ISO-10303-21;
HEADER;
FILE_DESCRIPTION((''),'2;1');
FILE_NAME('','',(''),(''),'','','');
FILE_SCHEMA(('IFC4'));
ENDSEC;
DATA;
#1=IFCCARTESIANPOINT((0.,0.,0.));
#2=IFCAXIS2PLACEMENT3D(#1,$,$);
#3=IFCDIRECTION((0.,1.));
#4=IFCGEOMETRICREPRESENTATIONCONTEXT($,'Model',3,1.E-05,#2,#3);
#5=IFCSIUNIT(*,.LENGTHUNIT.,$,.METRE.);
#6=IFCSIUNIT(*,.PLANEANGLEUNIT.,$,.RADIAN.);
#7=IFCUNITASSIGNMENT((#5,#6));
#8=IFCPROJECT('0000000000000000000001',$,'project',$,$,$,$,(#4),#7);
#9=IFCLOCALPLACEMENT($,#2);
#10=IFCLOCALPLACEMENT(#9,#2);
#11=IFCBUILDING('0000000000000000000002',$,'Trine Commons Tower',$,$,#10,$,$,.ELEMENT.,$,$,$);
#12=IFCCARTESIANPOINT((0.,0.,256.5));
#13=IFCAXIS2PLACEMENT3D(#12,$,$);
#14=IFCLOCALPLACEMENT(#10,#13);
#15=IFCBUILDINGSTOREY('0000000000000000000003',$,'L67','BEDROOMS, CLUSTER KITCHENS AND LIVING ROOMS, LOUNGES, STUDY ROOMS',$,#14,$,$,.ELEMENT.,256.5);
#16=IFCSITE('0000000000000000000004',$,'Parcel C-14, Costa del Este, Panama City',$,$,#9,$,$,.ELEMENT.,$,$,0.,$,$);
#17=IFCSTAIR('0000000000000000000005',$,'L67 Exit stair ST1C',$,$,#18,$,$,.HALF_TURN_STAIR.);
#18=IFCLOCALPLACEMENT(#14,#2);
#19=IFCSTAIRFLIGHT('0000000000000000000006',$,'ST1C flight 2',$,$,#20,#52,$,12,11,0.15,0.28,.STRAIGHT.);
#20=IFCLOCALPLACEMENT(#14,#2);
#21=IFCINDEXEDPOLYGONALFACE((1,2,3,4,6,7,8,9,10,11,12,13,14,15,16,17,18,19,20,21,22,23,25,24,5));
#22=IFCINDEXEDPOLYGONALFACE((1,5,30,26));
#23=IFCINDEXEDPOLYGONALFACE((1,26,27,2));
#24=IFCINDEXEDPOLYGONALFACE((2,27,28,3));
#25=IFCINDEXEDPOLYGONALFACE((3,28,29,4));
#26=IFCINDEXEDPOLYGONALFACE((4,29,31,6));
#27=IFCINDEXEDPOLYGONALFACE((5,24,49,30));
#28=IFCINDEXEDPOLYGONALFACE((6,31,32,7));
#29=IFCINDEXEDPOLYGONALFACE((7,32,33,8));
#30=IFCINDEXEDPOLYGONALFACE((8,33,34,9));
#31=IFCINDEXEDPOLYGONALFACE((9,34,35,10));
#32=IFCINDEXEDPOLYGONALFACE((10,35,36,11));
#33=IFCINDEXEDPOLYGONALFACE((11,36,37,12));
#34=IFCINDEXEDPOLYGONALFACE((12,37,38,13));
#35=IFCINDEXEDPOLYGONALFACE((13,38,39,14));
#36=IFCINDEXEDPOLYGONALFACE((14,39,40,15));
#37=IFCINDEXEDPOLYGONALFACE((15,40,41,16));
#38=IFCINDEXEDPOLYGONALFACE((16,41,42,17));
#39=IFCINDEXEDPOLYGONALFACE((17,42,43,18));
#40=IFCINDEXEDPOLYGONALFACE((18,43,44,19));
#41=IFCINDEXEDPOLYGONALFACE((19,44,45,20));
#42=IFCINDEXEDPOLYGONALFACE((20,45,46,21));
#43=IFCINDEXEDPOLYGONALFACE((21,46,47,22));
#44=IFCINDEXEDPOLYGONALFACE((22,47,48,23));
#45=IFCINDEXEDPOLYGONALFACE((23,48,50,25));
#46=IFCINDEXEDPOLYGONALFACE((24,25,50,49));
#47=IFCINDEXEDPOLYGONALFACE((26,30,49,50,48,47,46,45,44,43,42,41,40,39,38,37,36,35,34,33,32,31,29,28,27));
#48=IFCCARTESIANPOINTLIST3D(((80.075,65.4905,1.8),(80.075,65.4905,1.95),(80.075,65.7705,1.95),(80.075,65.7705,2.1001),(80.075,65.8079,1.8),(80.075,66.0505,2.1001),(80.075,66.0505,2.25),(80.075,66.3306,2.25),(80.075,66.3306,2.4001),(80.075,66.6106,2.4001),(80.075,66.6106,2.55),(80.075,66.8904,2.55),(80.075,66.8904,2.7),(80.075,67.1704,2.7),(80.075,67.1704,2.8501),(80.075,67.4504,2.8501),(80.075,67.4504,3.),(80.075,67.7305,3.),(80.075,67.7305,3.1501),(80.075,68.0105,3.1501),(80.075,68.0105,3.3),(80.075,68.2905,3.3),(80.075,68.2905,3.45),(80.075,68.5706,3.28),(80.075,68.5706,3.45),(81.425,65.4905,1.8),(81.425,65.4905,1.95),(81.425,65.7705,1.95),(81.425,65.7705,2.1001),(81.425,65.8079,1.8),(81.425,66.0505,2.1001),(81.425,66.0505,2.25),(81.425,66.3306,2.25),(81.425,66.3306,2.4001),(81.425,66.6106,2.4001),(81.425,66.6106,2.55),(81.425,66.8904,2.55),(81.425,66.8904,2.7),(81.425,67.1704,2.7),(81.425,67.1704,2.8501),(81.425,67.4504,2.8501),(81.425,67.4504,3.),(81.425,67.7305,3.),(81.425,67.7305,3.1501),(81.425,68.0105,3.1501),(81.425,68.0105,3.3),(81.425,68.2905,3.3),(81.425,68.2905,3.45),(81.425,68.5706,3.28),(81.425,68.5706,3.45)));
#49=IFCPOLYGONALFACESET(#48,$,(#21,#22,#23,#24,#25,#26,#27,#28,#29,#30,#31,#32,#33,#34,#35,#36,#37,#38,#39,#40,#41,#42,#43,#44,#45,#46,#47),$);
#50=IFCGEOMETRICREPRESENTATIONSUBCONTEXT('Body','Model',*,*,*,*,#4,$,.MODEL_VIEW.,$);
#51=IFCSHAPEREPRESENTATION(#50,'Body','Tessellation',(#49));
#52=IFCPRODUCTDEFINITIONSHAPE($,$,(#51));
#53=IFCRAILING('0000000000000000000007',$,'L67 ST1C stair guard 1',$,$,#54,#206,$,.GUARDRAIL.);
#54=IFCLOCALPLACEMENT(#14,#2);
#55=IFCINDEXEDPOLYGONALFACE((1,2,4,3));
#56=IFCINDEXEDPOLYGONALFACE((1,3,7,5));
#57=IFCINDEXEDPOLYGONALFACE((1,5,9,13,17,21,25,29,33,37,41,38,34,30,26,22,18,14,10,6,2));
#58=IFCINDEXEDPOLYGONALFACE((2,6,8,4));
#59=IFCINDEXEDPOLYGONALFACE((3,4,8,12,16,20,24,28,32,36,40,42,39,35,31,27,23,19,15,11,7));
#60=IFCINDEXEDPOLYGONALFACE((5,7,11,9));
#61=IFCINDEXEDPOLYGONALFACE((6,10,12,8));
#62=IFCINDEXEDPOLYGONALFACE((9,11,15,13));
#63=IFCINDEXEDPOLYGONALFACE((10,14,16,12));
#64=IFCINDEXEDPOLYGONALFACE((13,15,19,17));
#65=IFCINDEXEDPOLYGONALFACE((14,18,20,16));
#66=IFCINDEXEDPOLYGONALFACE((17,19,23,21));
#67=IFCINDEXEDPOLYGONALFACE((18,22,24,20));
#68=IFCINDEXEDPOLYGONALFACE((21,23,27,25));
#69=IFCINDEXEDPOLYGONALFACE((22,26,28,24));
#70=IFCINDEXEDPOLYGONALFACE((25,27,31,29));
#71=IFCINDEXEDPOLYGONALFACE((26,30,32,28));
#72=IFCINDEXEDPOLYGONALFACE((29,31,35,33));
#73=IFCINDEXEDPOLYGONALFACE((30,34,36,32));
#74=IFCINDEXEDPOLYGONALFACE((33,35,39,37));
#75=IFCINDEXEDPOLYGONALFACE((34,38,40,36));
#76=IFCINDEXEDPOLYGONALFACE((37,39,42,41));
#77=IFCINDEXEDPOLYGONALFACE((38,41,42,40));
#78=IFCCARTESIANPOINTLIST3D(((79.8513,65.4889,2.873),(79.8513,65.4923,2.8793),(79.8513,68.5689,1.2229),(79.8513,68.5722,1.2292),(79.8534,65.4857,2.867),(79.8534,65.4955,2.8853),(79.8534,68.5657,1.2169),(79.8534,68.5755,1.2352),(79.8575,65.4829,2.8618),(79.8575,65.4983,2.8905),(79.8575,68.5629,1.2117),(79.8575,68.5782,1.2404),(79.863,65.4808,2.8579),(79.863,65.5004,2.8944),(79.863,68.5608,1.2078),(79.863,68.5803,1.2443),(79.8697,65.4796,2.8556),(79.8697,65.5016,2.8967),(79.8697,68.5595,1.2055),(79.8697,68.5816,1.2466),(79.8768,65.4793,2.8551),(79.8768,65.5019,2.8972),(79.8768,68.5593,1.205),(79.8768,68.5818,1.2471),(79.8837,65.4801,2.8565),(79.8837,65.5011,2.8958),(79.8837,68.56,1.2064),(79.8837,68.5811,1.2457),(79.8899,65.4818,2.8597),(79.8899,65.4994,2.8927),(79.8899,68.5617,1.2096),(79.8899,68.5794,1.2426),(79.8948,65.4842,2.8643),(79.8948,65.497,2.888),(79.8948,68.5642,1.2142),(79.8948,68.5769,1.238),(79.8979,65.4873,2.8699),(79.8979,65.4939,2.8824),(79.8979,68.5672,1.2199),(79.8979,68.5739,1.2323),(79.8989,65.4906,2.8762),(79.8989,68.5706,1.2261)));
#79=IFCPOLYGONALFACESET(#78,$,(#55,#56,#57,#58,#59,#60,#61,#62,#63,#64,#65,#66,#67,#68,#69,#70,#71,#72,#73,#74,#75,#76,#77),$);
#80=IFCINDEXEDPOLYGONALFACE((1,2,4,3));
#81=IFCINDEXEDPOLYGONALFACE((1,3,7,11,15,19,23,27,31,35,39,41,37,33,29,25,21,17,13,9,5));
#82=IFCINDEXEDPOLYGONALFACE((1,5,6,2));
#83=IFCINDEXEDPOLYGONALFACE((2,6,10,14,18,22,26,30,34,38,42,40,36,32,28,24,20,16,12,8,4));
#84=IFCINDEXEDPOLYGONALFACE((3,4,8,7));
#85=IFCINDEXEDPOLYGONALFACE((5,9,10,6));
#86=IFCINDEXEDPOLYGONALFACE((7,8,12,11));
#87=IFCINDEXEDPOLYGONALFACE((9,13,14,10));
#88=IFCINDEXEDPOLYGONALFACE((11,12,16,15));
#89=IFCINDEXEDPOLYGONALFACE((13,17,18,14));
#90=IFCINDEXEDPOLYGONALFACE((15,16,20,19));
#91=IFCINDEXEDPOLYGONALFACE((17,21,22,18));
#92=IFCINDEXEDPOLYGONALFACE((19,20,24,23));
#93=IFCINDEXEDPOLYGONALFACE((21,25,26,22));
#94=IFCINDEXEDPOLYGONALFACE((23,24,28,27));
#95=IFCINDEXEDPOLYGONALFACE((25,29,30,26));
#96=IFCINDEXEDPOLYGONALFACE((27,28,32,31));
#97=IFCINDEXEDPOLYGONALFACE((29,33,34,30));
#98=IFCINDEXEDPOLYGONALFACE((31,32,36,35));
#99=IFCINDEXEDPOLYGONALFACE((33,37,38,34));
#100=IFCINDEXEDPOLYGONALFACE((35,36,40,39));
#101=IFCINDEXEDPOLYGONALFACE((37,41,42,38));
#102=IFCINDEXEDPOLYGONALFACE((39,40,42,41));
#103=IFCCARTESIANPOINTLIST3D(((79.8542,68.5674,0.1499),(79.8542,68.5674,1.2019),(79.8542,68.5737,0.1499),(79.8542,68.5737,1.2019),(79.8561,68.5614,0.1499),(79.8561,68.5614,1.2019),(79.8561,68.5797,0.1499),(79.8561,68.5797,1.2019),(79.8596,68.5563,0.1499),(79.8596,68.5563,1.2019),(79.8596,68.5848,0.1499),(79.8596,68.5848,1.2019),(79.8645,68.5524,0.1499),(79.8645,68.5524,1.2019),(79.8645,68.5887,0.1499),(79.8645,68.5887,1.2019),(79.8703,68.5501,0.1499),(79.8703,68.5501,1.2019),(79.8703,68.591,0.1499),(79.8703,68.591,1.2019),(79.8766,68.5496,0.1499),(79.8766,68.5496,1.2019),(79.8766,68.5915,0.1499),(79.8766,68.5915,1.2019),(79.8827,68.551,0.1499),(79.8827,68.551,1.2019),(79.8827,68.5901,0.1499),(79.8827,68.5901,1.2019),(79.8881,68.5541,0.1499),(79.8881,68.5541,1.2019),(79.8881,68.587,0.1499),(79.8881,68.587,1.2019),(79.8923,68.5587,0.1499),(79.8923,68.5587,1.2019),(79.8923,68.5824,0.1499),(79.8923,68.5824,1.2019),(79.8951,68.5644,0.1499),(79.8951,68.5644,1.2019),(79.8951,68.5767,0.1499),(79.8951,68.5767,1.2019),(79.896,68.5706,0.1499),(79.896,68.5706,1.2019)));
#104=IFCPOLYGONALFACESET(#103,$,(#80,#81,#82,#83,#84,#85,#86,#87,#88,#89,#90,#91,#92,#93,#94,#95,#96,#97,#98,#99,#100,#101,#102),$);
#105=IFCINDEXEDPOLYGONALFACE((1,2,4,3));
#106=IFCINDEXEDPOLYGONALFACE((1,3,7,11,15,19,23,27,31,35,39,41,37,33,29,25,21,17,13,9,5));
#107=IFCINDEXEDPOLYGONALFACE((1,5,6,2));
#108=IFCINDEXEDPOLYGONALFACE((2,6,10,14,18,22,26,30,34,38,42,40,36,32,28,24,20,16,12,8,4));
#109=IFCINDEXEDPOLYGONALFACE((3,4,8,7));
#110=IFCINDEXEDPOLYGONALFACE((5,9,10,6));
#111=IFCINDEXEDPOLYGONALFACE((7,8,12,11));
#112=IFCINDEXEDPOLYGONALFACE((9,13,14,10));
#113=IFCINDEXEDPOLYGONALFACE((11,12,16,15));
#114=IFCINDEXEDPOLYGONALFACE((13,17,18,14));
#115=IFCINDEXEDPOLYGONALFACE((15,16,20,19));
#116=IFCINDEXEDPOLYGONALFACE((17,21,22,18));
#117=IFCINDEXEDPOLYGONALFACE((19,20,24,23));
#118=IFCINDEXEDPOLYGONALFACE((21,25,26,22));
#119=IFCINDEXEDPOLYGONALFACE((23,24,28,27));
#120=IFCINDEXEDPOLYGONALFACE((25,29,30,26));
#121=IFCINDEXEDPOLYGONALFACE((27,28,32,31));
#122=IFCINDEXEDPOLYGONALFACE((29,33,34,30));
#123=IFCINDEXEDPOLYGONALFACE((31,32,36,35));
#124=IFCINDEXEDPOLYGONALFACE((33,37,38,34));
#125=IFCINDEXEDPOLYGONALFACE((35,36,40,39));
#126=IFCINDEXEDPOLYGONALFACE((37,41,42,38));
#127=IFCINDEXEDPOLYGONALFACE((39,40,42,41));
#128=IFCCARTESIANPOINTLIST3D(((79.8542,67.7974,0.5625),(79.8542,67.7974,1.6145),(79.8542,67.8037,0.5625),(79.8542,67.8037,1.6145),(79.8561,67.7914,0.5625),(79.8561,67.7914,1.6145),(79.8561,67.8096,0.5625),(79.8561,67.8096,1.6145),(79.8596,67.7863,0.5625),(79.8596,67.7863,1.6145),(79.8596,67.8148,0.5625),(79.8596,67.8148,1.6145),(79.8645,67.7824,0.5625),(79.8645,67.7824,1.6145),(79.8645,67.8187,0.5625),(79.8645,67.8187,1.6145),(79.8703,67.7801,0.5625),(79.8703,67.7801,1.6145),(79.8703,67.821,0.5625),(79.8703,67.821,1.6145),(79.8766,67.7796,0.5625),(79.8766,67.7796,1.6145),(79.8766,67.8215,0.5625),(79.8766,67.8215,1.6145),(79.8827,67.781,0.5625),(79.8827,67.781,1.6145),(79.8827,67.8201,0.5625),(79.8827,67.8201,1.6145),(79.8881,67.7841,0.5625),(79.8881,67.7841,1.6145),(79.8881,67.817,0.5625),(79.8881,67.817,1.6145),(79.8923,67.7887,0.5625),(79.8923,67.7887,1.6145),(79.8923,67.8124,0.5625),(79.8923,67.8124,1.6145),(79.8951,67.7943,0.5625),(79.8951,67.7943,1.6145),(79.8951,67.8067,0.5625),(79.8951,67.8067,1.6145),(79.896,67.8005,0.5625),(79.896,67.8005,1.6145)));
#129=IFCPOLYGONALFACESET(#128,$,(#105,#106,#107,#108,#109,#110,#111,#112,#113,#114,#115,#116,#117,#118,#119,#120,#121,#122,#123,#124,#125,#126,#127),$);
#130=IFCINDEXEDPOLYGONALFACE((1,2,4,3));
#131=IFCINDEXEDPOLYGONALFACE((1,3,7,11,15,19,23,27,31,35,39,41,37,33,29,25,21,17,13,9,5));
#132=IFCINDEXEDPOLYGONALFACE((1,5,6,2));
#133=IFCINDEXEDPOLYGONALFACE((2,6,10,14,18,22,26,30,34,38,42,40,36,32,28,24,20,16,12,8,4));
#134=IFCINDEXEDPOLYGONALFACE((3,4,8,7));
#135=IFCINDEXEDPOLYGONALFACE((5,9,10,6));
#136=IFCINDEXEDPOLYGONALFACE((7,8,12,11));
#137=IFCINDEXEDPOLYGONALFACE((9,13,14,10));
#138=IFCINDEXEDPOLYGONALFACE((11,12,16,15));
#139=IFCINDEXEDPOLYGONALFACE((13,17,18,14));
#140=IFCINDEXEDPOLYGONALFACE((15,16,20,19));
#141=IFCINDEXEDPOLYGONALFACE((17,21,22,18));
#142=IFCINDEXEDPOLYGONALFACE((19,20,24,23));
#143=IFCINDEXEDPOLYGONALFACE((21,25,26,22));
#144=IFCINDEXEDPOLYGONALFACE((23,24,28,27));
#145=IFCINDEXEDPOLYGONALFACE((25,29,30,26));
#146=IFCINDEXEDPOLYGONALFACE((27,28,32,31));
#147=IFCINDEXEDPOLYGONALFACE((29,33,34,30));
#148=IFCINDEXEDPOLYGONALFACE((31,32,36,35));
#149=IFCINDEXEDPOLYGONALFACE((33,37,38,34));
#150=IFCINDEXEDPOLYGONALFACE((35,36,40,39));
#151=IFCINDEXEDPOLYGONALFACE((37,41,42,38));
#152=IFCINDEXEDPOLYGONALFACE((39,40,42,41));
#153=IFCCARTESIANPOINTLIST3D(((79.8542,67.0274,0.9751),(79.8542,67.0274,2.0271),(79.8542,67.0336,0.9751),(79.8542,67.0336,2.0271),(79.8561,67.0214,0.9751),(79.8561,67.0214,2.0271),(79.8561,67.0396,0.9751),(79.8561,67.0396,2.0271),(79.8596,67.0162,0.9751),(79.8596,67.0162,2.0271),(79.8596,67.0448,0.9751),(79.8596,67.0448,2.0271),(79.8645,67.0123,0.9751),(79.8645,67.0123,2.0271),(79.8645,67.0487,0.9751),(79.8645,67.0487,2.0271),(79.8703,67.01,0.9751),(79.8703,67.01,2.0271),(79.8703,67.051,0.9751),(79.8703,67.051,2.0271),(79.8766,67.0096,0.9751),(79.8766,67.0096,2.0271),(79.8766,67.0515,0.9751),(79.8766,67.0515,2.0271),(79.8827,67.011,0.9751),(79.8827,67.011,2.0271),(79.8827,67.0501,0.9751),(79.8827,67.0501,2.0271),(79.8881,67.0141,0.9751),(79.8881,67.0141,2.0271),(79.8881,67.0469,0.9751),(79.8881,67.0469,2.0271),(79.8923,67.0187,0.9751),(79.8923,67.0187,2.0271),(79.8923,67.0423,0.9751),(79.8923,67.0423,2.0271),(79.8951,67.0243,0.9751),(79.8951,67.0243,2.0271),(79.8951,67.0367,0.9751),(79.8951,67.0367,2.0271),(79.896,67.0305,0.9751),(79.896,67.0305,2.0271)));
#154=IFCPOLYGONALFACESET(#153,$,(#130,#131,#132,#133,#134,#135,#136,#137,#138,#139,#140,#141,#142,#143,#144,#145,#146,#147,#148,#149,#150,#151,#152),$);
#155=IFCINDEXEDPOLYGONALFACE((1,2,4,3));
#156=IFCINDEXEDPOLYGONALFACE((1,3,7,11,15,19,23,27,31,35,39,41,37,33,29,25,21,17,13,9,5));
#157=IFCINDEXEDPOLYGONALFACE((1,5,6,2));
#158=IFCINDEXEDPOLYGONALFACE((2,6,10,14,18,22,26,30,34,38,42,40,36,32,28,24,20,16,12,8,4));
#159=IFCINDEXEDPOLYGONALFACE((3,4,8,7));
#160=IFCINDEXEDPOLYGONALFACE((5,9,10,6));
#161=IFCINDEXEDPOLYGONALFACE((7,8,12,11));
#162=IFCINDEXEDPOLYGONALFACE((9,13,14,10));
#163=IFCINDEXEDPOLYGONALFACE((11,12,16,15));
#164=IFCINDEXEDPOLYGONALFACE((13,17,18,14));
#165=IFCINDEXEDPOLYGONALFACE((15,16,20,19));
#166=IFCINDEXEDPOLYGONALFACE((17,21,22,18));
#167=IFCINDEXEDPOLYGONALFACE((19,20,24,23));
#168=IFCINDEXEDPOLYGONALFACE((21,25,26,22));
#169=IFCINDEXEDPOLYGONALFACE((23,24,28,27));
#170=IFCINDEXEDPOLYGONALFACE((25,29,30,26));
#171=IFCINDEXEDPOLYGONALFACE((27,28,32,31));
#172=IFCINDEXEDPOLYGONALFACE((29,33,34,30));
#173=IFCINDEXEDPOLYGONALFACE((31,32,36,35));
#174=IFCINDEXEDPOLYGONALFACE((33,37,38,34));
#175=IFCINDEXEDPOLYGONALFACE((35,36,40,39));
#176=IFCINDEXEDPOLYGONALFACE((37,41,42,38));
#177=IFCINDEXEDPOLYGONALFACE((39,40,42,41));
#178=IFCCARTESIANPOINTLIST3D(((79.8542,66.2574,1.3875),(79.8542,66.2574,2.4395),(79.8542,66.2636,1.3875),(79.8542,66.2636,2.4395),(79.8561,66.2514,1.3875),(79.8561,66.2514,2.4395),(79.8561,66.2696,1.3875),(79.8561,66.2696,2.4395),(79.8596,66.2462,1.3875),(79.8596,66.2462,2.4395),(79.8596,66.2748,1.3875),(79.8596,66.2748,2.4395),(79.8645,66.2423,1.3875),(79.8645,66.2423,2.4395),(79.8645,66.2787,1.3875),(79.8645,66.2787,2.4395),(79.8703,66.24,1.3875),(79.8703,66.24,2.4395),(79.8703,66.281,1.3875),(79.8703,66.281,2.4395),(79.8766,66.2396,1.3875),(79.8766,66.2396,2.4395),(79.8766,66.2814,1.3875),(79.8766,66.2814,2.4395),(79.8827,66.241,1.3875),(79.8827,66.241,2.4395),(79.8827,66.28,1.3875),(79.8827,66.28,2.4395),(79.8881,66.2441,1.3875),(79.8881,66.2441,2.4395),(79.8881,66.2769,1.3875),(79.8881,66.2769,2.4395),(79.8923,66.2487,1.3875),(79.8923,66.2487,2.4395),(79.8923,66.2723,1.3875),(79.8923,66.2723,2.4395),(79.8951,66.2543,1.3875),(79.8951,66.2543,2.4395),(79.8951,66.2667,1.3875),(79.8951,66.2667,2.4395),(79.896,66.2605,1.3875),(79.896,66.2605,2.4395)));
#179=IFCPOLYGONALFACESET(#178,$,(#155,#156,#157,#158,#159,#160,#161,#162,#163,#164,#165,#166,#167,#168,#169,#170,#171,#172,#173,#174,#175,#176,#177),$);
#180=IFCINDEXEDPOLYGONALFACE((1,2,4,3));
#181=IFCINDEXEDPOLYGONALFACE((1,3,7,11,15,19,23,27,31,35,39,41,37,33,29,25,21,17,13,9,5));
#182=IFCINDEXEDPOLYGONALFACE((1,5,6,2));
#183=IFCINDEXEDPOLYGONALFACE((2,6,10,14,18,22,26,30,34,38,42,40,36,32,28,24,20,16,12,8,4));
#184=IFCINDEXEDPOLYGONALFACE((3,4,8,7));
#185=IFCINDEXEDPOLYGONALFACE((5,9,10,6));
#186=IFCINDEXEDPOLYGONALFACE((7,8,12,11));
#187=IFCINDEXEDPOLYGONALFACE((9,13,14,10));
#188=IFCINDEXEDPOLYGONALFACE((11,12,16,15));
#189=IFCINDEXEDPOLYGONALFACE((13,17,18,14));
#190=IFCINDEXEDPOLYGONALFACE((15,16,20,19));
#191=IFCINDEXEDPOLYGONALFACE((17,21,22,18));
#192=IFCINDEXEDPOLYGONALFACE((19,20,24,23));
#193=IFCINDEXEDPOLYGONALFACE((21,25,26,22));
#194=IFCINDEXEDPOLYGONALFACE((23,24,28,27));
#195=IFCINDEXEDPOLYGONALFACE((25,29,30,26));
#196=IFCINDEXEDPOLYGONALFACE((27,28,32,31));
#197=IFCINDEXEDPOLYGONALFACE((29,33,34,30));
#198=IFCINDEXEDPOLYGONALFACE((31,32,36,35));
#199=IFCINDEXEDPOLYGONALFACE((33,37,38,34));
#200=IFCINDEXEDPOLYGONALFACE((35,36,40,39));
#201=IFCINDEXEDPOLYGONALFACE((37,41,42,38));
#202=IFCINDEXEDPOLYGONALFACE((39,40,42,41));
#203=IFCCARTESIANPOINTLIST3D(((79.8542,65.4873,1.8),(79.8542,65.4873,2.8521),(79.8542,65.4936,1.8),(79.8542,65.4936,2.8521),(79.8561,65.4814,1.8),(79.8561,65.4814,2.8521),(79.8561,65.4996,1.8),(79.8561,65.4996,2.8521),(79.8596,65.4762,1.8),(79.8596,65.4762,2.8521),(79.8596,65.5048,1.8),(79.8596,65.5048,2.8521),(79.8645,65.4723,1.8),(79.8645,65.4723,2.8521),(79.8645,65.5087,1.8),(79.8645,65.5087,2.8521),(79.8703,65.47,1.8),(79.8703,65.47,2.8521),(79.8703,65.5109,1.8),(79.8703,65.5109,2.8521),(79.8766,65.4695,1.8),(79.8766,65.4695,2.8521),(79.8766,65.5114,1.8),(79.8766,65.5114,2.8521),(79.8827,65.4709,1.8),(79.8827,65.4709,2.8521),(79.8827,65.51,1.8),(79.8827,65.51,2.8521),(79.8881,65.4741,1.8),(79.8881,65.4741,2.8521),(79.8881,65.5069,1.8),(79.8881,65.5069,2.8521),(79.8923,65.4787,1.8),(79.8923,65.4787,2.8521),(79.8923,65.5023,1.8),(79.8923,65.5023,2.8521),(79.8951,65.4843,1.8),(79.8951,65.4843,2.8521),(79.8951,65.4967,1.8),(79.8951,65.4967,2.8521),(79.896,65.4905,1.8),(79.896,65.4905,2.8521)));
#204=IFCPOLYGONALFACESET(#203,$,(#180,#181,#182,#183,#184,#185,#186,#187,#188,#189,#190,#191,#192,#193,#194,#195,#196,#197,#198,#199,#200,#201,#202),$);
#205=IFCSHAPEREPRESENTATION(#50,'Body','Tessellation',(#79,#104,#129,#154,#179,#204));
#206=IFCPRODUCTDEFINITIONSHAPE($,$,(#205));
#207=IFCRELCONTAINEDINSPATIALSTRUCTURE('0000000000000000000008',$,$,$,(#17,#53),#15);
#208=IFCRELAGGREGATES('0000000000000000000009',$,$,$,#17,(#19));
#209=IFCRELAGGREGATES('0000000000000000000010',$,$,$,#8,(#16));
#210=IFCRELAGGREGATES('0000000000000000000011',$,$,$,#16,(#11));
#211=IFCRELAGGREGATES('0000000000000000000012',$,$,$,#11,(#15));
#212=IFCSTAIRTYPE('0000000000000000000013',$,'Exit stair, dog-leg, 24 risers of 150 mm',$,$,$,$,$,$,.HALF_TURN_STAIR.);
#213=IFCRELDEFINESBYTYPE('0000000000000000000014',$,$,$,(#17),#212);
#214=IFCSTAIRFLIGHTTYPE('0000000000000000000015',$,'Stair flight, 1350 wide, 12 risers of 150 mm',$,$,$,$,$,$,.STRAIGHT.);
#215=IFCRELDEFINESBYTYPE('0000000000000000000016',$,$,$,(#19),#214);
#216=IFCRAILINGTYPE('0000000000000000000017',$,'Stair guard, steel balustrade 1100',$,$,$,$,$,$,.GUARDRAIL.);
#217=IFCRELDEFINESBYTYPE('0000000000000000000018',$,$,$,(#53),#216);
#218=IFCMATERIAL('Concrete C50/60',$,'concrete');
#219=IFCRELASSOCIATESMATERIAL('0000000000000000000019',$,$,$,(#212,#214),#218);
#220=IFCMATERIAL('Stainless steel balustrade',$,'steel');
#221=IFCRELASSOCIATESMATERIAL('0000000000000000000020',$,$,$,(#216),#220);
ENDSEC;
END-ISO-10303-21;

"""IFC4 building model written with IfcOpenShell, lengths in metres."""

from ifc_helpers import new_model, si_unit, direction, frame, origin, origin_2d, place, context, subcontext, project, spatial, polyline, circle, outline, extrude, material, type_object, element, aggregate, save


model = new_model("IFC4")

# Units and contexts
model_context = context("Model", 3, precision=1e-05, world=origin(), true_north=direction((0.0, 1.0)))
body_context = subcontext(model_context, "Body", "Model", "MODEL_VIEW")
ifc_project = project(units=[si_unit("LENGTHUNIT", "METRE"), si_unit("PLANEANGLEUNIT", "RADIAN")], contexts=[model_context])

# Site, building, storey
site_placement = place(None, origin())
site = spatial("IfcSite", under=ifc_project, at=site_placement, Name="Parcel C-14, Costa del Este, Panama City", CompositionType="ELEMENT", RefElevation=0.0)
building_placement = place(site_placement, origin())
building = spatial("IfcBuilding", under=site, at=building_placement, Name="Trine Commons Tower", CompositionType="ELEMENT")
storey_placement = place(building_placement, frame((0.0, 0.0, 256.5)))
storey = spatial("IfcBuildingStorey", under=building, at=storey_placement, Name="L67", Description="BEDROOMS, CLUSTER KITCHENS AND LIVING ROOMS, LOUNGES, STUDY ROOMS", CompositionType="ELEMENT", Elevation=256.5)

# Shared definitions
ifc_material_1 = material(Name="Concrete C50/60", Category="concrete")

# Stair, stair flight
stair_type = type_object("IfcStairType", Name="Exit stair, dog-leg, 24 risers of 150 mm", PredefinedType="HALF_TURN_STAIR", material=ifc_material_1)
stair_placement = place(storey_placement, origin())
stair = element("IfcStair", 1, at=stair_placement, inside=storey, type_object=stair_type, Name="L67 Exit stair ST1C", PredefinedType="HALF_TURN_STAIR")
stair_flight_type = type_object("IfcStairFlightType", Name="Stair flight, 1350 wide, 12 risers of 150 mm", PredefinedType="STRAIGHT", material=ifc_material_1)
stair_flight_placement = place(storey_placement, frame((80.75, 65.4905, 1.8), z_axis=(0.0, 0.0, 1.0), x_axis=(0.0, 1.0, 0.0)))
stair_flight = element("IfcStairFlight", 2, at=stair_flight_placement, type_object=stair_flight_type, Name="ST1C flight 2", NumberOfRisers=12, NumberOfTreads=11, PredefinedType="STRAIGHT", RiserHeight=0.15, TreadLength=0.28, context=body_context, shape_type="SweptSolid", body=[
    extrude(outline(polyline([(0.0, 0.0), (0.0, 0.1499), (0.28, 0.1499), (0.28, 0.3), (0.5601, 0.3), (0.5601, 0.45), (0.8401, 0.45), (0.8401, 0.6001), (1.1201, 0.6001), (1.1201, 0.75), (1.3999, 0.75), (1.3999, 0.8999), (1.6799, 0.8999), (1.6799, 1.05), (1.96, 1.05), (1.96, 1.2), (2.24, 1.2), (2.24, 1.3501), (2.52, 1.3501), (2.52, 1.5), (2.8, 1.5), (2.8, 1.6499), (3.0801, 1.6499), (3.0801, 1.8), (3.0801, 1.48), (0.3174, 0.0), (0.0, 0.0)])), frame((0.0, 0.675, 0.0), z_axis=(0.0, -1.0, 0.0), x_axis=(1.0, 0.0, 0.0)), (0.0, 0.0, 1.0), 1.3501),
])
aggregate(stair, [stair_flight])

# Railing
ifc_material_2 = material(Name="Stainless steel balustrade", Category="steel")
railing_type_1 = type_object("IfcRailingType", Name="Stair guard, steel balustrade 1100", PredefinedType="GUARDRAIL", material=ifc_material_2)
railing_1_placement = place(storey_placement, frame((79.875, 68.5706, 0.1499)))
element("IfcRailing", 3, at=railing_1_placement, inside=storey, type_object=railing_type_1, Name="L67 ST1C stair guard 1", PredefinedType="GUARDRAIL", context=body_context, shape_type="SweptSolid", body=[
    extrude(circle(Radius=0.0239, at=origin_2d()), frame((0.0, 0.0, 1.0762), z_axis=(0.0, -0.881468, 0.472245), x_axis=(1.0, 0.0, 0.0)), (0.0, 0.0, 1.0), 3.4941),
    extrude(circle(Radius=0.021, at=origin_2d()), origin(), (0.0, 0.0, 1.0), 1.052),
    extrude(circle(Radius=0.021, at=origin_2d()), frame((0.0, -0.77, 0.4126)), (0.0, 0.0, 1.0), 1.052),
    extrude(circle(Radius=0.021, at=origin_2d()), frame((0.0, -1.54, 0.8252)), (0.0, 0.0, 1.0), 1.052),
    extrude(circle(Radius=0.021, at=origin_2d()), frame((0.0, -2.3101, 1.2375)), (0.0, 0.0, 1.0), 1.052),
    extrude(circle(Radius=0.021, at=origin_2d()), frame((0.0, -3.0801, 1.6501)), (0.0, 0.0, 1.0), 1.052),
])

save(model, "model.ifc")
